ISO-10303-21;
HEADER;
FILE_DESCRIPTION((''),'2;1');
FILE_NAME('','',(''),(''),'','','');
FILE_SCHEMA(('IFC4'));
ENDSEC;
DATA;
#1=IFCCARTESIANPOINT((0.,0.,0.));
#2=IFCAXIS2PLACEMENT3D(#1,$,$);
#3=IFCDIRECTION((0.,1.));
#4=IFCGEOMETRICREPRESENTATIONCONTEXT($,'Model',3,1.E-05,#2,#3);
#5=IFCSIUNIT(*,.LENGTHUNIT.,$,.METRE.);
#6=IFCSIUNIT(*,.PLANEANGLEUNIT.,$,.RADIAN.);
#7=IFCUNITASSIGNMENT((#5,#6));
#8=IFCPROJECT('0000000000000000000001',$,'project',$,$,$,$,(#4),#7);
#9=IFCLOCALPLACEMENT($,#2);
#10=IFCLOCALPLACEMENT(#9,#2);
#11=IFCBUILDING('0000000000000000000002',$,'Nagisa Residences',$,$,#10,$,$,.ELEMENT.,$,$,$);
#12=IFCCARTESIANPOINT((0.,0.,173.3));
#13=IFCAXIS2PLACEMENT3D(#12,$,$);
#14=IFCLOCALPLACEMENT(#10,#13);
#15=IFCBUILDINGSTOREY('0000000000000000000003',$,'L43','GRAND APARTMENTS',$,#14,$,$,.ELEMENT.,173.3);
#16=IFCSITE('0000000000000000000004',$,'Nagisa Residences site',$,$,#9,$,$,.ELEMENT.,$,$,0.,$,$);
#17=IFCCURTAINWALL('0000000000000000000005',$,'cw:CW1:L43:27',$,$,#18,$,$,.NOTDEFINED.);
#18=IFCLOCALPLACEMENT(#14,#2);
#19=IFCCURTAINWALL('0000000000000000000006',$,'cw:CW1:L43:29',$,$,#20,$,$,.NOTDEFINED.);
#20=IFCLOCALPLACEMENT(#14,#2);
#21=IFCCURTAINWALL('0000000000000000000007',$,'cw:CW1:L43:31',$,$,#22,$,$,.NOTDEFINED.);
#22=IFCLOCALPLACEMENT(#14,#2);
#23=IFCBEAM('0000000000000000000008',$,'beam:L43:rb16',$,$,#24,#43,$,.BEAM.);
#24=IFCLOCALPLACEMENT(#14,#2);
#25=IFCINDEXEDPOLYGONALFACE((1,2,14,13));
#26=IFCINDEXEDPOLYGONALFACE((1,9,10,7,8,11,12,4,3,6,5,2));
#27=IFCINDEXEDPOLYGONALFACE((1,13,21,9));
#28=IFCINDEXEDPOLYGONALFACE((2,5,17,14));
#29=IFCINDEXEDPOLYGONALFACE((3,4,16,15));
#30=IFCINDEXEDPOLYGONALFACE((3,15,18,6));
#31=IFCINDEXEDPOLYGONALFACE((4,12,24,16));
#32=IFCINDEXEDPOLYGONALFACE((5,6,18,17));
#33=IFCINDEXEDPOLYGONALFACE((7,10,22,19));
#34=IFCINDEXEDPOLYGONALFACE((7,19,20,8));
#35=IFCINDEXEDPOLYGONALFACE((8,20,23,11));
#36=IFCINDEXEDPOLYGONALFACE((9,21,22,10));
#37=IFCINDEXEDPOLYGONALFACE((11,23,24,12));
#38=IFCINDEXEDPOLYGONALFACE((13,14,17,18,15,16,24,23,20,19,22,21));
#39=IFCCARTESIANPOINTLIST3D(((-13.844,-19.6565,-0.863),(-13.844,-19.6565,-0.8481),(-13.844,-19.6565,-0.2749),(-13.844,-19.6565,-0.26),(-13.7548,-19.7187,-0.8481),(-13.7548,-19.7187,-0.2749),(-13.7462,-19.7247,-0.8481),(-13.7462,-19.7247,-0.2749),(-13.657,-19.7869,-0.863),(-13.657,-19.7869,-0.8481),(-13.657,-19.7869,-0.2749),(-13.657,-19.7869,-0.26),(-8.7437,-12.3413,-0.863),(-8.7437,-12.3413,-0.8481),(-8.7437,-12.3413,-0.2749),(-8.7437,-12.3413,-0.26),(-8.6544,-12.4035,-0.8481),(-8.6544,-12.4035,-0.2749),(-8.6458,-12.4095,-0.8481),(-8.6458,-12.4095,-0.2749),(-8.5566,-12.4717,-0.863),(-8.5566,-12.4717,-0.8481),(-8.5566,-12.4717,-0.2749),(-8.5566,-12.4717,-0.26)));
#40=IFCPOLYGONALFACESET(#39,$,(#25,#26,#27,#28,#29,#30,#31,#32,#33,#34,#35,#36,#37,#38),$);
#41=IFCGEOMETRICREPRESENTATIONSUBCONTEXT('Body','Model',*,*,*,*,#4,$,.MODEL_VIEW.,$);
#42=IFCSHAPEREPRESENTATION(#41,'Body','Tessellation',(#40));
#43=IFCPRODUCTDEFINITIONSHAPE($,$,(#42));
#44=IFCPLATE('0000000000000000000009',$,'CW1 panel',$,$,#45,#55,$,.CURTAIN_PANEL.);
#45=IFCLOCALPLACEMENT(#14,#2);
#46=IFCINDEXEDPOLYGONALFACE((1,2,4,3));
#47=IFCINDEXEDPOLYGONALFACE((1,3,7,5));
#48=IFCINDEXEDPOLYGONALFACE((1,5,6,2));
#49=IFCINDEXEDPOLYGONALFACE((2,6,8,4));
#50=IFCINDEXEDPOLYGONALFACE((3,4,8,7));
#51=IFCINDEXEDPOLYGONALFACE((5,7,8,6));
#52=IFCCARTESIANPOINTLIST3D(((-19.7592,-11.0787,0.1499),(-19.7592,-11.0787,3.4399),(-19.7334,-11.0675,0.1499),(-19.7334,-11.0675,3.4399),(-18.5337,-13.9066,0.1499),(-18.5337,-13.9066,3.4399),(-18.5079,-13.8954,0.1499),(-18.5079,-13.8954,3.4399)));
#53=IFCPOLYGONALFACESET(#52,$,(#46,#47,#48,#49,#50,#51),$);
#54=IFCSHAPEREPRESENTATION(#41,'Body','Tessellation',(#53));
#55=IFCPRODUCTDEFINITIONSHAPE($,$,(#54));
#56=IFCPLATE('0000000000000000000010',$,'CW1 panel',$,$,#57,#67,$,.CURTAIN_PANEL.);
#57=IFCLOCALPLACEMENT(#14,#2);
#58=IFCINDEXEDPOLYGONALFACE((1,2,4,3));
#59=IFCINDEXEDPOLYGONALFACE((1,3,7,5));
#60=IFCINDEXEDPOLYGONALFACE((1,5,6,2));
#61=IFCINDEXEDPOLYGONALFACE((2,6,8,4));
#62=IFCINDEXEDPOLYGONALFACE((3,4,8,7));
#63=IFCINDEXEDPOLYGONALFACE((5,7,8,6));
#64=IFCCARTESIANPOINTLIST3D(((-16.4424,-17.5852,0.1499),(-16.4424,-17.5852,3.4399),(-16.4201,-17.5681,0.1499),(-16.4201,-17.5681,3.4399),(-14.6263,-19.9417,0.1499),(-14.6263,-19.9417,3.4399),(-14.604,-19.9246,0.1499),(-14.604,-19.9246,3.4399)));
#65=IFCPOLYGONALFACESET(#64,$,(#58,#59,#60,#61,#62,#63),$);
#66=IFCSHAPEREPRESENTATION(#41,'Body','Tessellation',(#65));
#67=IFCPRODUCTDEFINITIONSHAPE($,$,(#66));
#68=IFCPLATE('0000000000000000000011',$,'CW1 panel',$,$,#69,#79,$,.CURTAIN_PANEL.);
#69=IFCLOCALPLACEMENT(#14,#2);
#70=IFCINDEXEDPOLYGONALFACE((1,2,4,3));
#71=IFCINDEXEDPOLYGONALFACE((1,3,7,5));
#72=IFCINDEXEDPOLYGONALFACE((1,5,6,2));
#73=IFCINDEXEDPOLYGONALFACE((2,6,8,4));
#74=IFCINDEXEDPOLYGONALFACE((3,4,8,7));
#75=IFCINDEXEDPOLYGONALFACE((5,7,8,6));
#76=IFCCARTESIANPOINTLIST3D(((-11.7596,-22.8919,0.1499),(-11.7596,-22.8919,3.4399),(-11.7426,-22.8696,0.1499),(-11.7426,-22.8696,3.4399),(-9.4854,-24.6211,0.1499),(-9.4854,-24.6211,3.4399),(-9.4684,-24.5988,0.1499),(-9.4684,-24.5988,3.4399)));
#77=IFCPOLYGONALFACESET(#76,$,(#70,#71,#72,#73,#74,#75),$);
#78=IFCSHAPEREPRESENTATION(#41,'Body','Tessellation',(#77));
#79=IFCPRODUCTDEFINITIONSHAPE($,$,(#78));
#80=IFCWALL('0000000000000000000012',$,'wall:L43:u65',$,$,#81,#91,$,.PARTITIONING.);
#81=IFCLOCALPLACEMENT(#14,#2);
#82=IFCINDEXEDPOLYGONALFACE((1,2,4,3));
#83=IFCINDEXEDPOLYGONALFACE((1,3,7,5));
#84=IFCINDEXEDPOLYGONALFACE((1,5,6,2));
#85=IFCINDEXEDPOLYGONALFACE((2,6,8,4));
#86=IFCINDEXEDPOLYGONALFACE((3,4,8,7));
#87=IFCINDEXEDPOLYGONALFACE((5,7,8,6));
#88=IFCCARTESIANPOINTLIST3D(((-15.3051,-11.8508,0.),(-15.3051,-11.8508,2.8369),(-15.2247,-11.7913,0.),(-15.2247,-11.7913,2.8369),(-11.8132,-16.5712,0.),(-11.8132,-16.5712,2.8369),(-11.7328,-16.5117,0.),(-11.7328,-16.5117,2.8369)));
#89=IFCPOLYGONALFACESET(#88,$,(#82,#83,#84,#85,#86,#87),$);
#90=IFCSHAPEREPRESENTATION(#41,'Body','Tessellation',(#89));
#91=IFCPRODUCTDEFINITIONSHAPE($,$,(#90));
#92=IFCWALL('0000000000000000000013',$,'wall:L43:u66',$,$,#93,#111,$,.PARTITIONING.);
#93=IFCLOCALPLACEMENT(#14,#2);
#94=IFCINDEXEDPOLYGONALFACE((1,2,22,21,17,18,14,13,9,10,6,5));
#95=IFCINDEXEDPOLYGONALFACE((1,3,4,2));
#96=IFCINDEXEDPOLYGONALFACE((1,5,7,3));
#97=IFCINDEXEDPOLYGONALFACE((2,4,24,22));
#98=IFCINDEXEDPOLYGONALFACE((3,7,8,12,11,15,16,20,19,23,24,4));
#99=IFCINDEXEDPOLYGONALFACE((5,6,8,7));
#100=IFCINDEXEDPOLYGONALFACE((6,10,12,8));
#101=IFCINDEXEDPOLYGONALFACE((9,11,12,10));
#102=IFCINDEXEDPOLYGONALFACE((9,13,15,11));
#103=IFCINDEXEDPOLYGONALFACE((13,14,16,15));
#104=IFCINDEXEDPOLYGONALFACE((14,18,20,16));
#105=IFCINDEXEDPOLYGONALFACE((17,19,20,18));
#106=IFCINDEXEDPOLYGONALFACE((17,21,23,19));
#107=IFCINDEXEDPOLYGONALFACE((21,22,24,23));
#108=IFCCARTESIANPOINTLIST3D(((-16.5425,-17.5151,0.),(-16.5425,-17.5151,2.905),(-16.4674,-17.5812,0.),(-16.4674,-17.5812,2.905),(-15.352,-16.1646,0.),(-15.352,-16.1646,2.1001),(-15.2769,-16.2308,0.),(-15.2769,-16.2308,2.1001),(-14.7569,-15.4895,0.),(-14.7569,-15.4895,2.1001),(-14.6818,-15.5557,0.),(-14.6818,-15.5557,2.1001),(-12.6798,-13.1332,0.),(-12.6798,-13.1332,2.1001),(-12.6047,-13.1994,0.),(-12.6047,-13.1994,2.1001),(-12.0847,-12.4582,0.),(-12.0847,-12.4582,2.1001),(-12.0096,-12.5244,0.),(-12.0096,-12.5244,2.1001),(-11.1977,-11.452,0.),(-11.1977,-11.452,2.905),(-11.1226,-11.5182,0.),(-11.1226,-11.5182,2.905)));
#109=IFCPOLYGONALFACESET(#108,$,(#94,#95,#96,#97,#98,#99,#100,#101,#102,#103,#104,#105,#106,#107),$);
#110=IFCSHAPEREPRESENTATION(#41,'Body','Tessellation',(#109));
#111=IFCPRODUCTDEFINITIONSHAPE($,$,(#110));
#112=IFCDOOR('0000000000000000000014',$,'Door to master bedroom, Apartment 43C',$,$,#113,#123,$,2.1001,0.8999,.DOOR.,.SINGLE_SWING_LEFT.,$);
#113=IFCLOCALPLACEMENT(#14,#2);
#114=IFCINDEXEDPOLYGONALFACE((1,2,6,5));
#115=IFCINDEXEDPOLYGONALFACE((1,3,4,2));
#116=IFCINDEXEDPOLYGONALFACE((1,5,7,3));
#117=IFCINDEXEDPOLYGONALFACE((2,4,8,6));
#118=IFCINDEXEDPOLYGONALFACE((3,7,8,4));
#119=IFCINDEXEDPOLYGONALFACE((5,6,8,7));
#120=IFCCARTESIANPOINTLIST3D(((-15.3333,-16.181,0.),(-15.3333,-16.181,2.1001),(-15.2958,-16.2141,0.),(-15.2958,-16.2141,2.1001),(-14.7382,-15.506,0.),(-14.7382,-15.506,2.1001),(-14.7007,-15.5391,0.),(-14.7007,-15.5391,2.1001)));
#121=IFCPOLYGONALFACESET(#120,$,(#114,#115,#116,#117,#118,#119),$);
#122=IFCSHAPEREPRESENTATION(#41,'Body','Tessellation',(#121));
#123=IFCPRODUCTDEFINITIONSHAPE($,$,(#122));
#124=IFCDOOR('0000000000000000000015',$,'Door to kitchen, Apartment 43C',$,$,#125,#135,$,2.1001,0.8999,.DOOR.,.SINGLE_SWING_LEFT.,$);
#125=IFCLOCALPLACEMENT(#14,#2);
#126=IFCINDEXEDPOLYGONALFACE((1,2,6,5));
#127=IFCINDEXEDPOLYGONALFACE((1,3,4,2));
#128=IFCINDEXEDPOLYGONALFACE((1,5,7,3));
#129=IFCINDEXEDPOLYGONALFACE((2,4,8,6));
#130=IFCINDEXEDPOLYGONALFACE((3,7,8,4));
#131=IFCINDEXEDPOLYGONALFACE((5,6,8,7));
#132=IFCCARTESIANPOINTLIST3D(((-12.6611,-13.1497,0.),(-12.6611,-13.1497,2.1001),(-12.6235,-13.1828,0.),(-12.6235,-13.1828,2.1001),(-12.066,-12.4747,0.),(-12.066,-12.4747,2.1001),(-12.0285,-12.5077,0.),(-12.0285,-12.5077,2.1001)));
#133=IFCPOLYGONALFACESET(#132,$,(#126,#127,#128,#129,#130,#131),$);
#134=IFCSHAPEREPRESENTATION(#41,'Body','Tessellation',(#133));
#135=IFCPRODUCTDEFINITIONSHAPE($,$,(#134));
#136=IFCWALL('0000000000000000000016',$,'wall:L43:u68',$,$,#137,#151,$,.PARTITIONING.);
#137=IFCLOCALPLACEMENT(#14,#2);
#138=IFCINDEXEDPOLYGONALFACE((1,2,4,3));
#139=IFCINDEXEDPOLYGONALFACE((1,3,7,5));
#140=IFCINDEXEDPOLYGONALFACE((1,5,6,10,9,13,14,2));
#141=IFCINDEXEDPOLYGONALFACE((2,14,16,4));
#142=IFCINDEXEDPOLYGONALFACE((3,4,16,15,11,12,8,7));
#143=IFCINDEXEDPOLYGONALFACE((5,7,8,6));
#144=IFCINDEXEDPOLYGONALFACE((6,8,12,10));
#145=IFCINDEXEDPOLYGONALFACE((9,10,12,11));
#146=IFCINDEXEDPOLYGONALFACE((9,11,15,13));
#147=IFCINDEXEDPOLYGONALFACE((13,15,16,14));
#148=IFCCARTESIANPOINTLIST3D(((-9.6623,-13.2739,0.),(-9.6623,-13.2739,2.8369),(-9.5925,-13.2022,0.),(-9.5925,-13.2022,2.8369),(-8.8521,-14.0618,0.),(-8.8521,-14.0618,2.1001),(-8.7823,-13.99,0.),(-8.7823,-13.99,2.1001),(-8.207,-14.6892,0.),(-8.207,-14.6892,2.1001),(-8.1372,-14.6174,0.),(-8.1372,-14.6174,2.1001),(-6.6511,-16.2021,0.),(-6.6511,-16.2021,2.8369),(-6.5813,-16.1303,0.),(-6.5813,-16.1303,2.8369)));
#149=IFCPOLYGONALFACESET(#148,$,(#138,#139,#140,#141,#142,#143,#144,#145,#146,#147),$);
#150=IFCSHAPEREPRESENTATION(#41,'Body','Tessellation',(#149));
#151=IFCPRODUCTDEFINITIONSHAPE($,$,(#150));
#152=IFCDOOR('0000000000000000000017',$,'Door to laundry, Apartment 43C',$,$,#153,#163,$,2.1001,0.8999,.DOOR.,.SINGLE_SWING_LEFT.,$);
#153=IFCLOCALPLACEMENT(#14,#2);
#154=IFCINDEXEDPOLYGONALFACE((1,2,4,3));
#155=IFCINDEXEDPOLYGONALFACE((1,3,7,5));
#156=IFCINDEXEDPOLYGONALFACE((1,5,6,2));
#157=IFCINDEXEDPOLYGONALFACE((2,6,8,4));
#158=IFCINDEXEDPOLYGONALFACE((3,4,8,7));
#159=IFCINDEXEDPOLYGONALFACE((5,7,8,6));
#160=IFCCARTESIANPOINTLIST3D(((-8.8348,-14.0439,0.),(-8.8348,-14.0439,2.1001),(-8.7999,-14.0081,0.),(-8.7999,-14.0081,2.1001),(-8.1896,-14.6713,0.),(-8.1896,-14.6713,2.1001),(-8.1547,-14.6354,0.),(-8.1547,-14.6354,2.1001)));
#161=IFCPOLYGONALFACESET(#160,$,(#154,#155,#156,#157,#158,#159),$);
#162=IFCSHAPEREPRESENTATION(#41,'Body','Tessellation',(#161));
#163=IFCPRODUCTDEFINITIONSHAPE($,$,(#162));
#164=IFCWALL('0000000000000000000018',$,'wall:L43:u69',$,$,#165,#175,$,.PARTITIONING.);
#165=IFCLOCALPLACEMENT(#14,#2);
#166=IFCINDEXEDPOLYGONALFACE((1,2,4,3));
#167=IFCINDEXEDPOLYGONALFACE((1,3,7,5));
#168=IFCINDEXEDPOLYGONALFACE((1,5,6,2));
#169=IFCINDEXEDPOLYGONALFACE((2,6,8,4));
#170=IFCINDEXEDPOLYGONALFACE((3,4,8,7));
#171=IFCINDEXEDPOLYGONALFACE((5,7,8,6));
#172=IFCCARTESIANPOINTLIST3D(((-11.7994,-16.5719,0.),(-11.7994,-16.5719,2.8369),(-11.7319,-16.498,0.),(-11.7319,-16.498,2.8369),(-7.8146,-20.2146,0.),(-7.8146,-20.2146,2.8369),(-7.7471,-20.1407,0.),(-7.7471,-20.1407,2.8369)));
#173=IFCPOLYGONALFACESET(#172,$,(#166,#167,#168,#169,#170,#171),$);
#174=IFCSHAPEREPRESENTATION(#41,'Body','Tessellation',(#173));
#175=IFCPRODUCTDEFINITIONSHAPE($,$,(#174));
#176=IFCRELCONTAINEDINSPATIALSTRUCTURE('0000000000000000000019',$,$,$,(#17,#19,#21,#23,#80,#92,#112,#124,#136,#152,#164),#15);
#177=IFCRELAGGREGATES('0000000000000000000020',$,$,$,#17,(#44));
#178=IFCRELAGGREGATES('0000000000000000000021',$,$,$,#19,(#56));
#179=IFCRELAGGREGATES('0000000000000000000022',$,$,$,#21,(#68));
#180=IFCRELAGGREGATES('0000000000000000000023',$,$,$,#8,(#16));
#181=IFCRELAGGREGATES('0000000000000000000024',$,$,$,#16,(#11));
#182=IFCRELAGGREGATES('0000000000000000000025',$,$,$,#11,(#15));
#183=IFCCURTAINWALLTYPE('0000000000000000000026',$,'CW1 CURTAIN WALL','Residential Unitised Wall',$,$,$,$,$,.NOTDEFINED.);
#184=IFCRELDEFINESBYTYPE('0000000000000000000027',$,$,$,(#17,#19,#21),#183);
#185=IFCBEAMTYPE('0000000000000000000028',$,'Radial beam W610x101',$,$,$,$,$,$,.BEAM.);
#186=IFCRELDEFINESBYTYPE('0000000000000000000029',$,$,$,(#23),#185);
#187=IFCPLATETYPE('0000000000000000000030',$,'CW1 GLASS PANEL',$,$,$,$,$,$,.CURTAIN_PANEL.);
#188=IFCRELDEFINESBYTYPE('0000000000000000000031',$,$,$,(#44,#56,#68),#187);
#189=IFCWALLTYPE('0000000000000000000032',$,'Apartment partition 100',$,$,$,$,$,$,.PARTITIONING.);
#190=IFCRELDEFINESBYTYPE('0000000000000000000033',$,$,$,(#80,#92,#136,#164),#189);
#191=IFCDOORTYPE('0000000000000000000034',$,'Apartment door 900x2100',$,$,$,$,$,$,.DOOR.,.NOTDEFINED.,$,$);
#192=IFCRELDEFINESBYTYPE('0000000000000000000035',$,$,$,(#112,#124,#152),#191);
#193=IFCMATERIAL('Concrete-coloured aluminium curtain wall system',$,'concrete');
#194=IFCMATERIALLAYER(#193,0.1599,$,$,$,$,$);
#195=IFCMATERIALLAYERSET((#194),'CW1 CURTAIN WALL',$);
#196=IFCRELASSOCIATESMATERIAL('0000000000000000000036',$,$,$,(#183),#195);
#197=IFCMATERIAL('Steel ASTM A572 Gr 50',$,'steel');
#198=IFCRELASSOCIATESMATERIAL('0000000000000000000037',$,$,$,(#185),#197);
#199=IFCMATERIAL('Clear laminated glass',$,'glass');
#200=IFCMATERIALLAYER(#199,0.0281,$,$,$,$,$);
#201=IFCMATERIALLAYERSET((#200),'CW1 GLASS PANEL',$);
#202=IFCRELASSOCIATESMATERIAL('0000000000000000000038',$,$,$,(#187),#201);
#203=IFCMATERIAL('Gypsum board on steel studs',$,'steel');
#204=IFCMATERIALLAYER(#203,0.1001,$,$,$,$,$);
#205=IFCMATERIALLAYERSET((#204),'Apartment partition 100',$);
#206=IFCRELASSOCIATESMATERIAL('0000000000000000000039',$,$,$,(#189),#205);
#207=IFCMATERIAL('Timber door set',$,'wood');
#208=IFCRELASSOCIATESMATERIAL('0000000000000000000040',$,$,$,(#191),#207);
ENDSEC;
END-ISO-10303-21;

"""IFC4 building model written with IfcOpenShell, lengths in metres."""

from ifc_helpers import new_model, si_unit, direction, frame, frame_2d, origin, origin_2d, place, context, subcontext, project, spatial, rectangle, i_section, extrude, material, layer, layer_set, material_profile, profile_set, type_object, element, fill, aggregate, save


model = new_model("IFC4")

# Units and contexts
model_context = context("Model", 3, precision=1e-05, world=origin(), true_north=direction((0.0, 1.0)))
body_context = subcontext(model_context, "Body", "Model", "MODEL_VIEW")
ifc_project = project(units=[si_unit("LENGTHUNIT", "METRE"), si_unit("PLANEANGLEUNIT", "RADIAN")], contexts=[model_context])

# Site, building, storey
site_placement = place(None, origin())
site = spatial("IfcSite", under=ifc_project, at=site_placement, Name="Nagisa Residences site", CompositionType="ELEMENT", RefElevation=0.0)
building_placement = place(site_placement, origin())
building = spatial("IfcBuilding", under=site, at=building_placement, Name="Nagisa Residences", CompositionType="ELEMENT")
storey_placement = place(building_placement, frame((0.0, 0.0, 173.3)))
storey = spatial("IfcBuildingStorey", under=building, at=storey_placement, Name="L43", Description="GRAND APARTMENTS", CompositionType="ELEMENT", Elevation=173.3)

# Curtain walls
ifc_material_1 = material(Name="Concrete-coloured aluminium curtain wall system", Category="concrete")
ifc_layer_1 = layer(ifc_material_1, 0.1599)
ifc_layer_set_1 = layer_set([ifc_layer_1], Name="CW1 CURTAIN WALL")
curtain_wall_type = type_object("IfcCurtainWallType", Name="CW1 CURTAIN WALL", Description="Residential Unitised Wall", PredefinedType="NOTDEFINED", material=ifc_layer_set_1)
curtain_wall_1_placement = place(storey_placement, origin())
curtain_wall_1 = element("IfcCurtainWall", 1, at=curtain_wall_1_placement, inside=storey, type_object=curtain_wall_type, Name="cw:CW1:L43:27", PredefinedType="NOTDEFINED")
curtain_wall_2_placement = place(storey_placement, origin())
curtain_wall_2 = element("IfcCurtainWall", 2, at=curtain_wall_2_placement, inside=storey, type_object=curtain_wall_type, Name="cw:CW1:L43:29", PredefinedType="NOTDEFINED")
curtain_wall_3_placement = place(storey_placement, origin())
curtain_wall_3 = element("IfcCurtainWall", 3, at=curtain_wall_3_placement, inside=storey, type_object=curtain_wall_type, Name="cw:CW1:L43:31", PredefinedType="NOTDEFINED")

# Beam
ifc_material_2 = material(Name="Steel ASTM A572 Gr 50", Category="steel")
ifc_material_profile_1 = material_profile(ifc_material_2, i_section(OverallWidth=0.228, OverallDepth=0.603, WebThickness=0.0105, FlangeThickness=0.0149, at=origin_2d()), Name="W610x101")
ifc_profile_set_1 = profile_set([ifc_material_profile_1], Name="Steel ASTM A572 Gr 50")
beam_type_1 = type_object("IfcBeamType", Name="Radial beam W610x101", PredefinedType="BEAM", material=ifc_profile_set_1)
beam_1_placement = place(storey_placement, frame((-13.7505, -19.7217, -0.5615), z_axis=(0.571934, 0.820299, 0.0), x_axis=(-0.820299, 0.571934, 0.0)))
element("IfcBeam", 4, at=beam_1_placement, inside=storey, type_object=beam_type_1, Name="beam:L43:rb16", PredefinedType="BEAM", context=body_context, shape_type="SweptSolid", body=[
    extrude(i_section(OverallWidth=0.228, OverallDepth=0.603, WebThickness=0.0105, FlangeThickness=0.0149, at=origin_2d()), origin(), (0.0, 0.0, 1.0), 8.9177),
])

# Plates
ifc_material_3 = material(Name="Clear laminated glass", Category="glass")
ifc_layer_2 = layer(ifc_material_3, 0.0281)
ifc_layer_set_2 = layer_set([ifc_layer_2], Name="CW1 GLASS PANEL")
plate_type = type_object("IfcPlateType", Name="CW1 GLASS PANEL", PredefinedType="CURTAIN_PANEL", material=ifc_layer_set_2)
plate_1_placement = place(storey_placement, frame((-19.1335, -12.4871, 0.1499), z_axis=(0.0, 0.0, 1.0), x_axis=(0.397636, -0.917543, 0.0)))
plate_1 = element("IfcPlate", 5, at=plate_1_placement, type_object=plate_type, Name="CW1 panel", PredefinedType="CURTAIN_PANEL", context=body_context, shape_type="SweptSolid", body=[
    extrude(rectangle(XDim=3.082, YDim=0.0281, at=origin_2d()), origin(), (0.0, 0.0, 1.0), 3.29),
])
aggregate(curtain_wall_1, [plate_1])
plate_2_placement = place(storey_placement, frame((-15.5232, -18.7549, 0.1499), z_axis=(0.0, 0.0, 1.0), x_axis=(0.61043, -0.79207, 0.0)))
plate_2 = element("IfcPlate", 6, at=plate_2_placement, type_object=plate_type, Name="CW1 panel", PredefinedType="CURTAIN_PANEL", context=body_context, shape_type="SweptSolid", body=[
    extrude(rectangle(XDim=2.9751, YDim=0.0281, at=origin_2d()), origin(), (0.0, 0.0, 1.0), 3.29),
])
aggregate(curtain_wall_2, [plate_2])
plate_3_placement = place(storey_placement, frame((-10.614, -23.7454, 0.1499), z_axis=(0.0, 0.0, 1.0), x_axis=(0.796031, -0.605255, 0.0)))
plate_3 = element("IfcPlate", 7, at=plate_3_placement, type_object=plate_type, Name="CW1 panel", PredefinedType="CURTAIN_PANEL", context=body_context, shape_type="SweptSolid", body=[
    extrude(rectangle(XDim=2.8569, YDim=0.0281, at=origin_2d()), origin(), (0.0, 0.0, 1.0), 3.29),
])
aggregate(curtain_wall_3, [plate_3])

# Wall
ifc_material_4 = material(Name="Gypsum board on steel studs", Category="steel")
ifc_layer_3 = layer(ifc_material_4, 0.1001)
ifc_layer_set_3 = layer_set([ifc_layer_3], Name="Apartment partition 100")
wall_type_1 = type_object("IfcWallType", Name="Apartment partition 100", PredefinedType="PARTITIONING", material=ifc_layer_set_3)
wall_1_placement = place(storey_placement, frame((-15.2649, -11.821, 0.0), z_axis=(0.0, 0.0, 1.0), x_axis=(0.594711, -0.803939, 0.0)))
element("IfcWall", 8, at=wall_1_placement, inside=storey, type_object=wall_type_1, Name="wall:L43:u65", PredefinedType="PARTITIONING", context=body_context, shape_type="SweptSolid", body=[
    extrude(rectangle(XDim=5.8716, YDim=0.1001, at=frame_2d((2.9358, 0.0))), origin(), (0.0, 0.0, 1.0), 2.8369),
])

# Wall, openings, doors
wall_2_placement = place(storey_placement, frame((-11.1602, -11.4851, 0.0), z_axis=(0.0, 0.0, 1.0), x_axis=(-0.661276, -0.750143, 0.0)))
wall_2 = element("IfcWall", 9, at=wall_2_placement, inside=storey, type_object=wall_type_1, Name="wall:L43:u66", PredefinedType="PARTITIONING", context=body_context, shape_type="SweptSolid", body=[
    extrude(rectangle(XDim=8.0825, YDim=0.1001, at=frame_2d((4.0413, 0.0))), origin(), (0.0, 0.0, 1.0), 2.905),
])
opening_1_placement = place(wall_2_placement, frame((5.3823, 0.0, 0.0)))
opening_1 = element("IfcOpeningElement", 10, at=opening_1_placement, cuts=wall_2, PredefinedType="OPENING", context=body_context, shape_type="SweptSolid", body=[
    extrude(rectangle(XDim=0.8999, YDim=2.1001, at=frame_2d((0.45, 1.05))), frame((0.0, 0.0601, 0.0), z_axis=(0.0, -1.0, 0.0), x_axis=(1.0, 0.0, 0.0)), (0.0, 0.0, 1.0), 0.1201),
])
opening_2_placement = place(wall_2_placement, frame((1.3413, 0.0, 0.0)))
opening_2 = element("IfcOpeningElement", 11, at=opening_2_placement, cuts=wall_2, PredefinedType="OPENING", context=body_context, shape_type="SweptSolid", body=[
    extrude(rectangle(XDim=0.8999, YDim=2.1001, at=frame_2d((0.45, 1.05))), frame((0.0, 0.0601, 0.0), z_axis=(0.0, -1.0, 0.0), x_axis=(1.0, 0.0, 0.0)), (0.0, 0.0, 1.0), 0.1201),
])
ifc_material_5 = material(Name="Timber door set", Category="wood")
door_type_1 = type_object("IfcDoorType", Name="Apartment door 900x2100", OperationType="NOTDEFINED", PredefinedType="DOOR", material=ifc_material_5)
door_1_placement = place(opening_1_placement, origin())
door_1 = element("IfcDoor", 12, at=door_1_placement, inside=storey, type_object=door_type_1, Name="Door to master bedroom, Apartment 43C", OperationType="SINGLE_SWING_LEFT", OverallHeight=2.1001, OverallWidth=0.8999, PredefinedType="DOOR", context=body_context, shape_type="SweptSolid", body=[
    extrude(rectangle(XDim=0.8999, YDim=2.1001, at=frame_2d((0.45, 1.05))), frame((0.0, 0.0249, 0.0), z_axis=(0.0, -1.0, 0.0), x_axis=(1.0, 0.0, 0.0)), (0.0, 0.0, 1.0), 0.05),
])
fill(opening_1, door_1)
door_2_placement = place(opening_2_placement, origin())
door_2 = element("IfcDoor", 13, at=door_2_placement, inside=storey, type_object=door_type_1, Name="Door to kitchen, Apartment 43C", OperationType="SINGLE_SWING_LEFT", OverallHeight=2.1001, OverallWidth=0.8999, PredefinedType="DOOR", context=body_context, shape_type="SweptSolid", body=[
    extrude(rectangle(XDim=0.8999, YDim=2.1001, at=frame_2d((0.45, 1.05))), frame((0.0, 0.0249, 0.0), z_axis=(0.0, -1.0, 0.0), x_axis=(1.0, 0.0, 0.0)), (0.0, 0.0, 1.0), 0.05),
])
fill(opening_2, door_2)

# Wall, opening, door
wall_3_placement = place(storey_placement, frame((-9.6274, -13.238, 0.0), z_axis=(0.0, 0.0, 1.0), x_axis=(0.716919, -0.697156, 0.0)))
wall_3 = element("IfcWall", 14, at=wall_3_placement, inside=storey, type_object=wall_type_1, Name="wall:L43:u68", PredefinedType="PARTITIONING", context=body_context, shape_type="SweptSolid", body=[
    extrude(rectangle(XDim=4.2002, YDim=0.1001, at=frame_2d((2.1001, 0.0))), origin(), (0.0, 0.0, 1.0), 2.8369),
])
opening_3_placement = place(wall_3_placement, frame((1.1301, 0.0, 0.0)))
opening_3 = element("IfcOpeningElement", 15, at=opening_3_placement, cuts=wall_3, PredefinedType="OPENING", context=body_context, shape_type="SweptSolid", body=[
    extrude(rectangle(XDim=0.8999, YDim=2.1001, at=frame_2d((0.45, 1.05))), frame((0.0, 0.0601, 0.0), z_axis=(0.0, -1.0, 0.0), x_axis=(1.0, 0.0, 0.0)), (0.0, 0.0, 1.0), 0.1201),
])
door_3_placement = place(opening_3_placement, origin())
door_3 = element("IfcDoor", 16, at=door_3_placement, inside=storey, type_object=door_type_1, Name="Door to laundry, Apartment 43C", OperationType="SINGLE_SWING_LEFT", OverallHeight=2.1001, OverallWidth=0.8999, PredefinedType="DOOR", context=body_context, shape_type="SweptSolid", body=[
    extrude(rectangle(XDim=0.8999, YDim=2.1001, at=frame_2d((0.45, 1.05))), frame((0.0, 0.0249, 0.0), z_axis=(0.0, -1.0, 0.0), x_axis=(1.0, 0.0, 0.0)), (0.0, 0.0, 1.0), 0.05),
])
fill(opening_3, door_3)

# Wall
wall_4_placement = place(storey_placement, frame((-11.7656, -16.5349, 0.0), z_axis=(0.0, 0.0, 1.0), x_axis=(0.738073, -0.674721, 0.0)))
element("IfcWall", 17, at=wall_4_placement, inside=storey, type_object=wall_type_1, Name="wall:L43:u69", PredefinedType="PARTITIONING", context=body_context, shape_type="SweptSolid", body=[
    extrude(rectangle(XDim=5.3989, YDim=0.1001, at=frame_2d((2.6995, 0.0))), origin(), (0.0, 0.0, 1.0), 2.8369),
])

save(model, "model.ifc")
